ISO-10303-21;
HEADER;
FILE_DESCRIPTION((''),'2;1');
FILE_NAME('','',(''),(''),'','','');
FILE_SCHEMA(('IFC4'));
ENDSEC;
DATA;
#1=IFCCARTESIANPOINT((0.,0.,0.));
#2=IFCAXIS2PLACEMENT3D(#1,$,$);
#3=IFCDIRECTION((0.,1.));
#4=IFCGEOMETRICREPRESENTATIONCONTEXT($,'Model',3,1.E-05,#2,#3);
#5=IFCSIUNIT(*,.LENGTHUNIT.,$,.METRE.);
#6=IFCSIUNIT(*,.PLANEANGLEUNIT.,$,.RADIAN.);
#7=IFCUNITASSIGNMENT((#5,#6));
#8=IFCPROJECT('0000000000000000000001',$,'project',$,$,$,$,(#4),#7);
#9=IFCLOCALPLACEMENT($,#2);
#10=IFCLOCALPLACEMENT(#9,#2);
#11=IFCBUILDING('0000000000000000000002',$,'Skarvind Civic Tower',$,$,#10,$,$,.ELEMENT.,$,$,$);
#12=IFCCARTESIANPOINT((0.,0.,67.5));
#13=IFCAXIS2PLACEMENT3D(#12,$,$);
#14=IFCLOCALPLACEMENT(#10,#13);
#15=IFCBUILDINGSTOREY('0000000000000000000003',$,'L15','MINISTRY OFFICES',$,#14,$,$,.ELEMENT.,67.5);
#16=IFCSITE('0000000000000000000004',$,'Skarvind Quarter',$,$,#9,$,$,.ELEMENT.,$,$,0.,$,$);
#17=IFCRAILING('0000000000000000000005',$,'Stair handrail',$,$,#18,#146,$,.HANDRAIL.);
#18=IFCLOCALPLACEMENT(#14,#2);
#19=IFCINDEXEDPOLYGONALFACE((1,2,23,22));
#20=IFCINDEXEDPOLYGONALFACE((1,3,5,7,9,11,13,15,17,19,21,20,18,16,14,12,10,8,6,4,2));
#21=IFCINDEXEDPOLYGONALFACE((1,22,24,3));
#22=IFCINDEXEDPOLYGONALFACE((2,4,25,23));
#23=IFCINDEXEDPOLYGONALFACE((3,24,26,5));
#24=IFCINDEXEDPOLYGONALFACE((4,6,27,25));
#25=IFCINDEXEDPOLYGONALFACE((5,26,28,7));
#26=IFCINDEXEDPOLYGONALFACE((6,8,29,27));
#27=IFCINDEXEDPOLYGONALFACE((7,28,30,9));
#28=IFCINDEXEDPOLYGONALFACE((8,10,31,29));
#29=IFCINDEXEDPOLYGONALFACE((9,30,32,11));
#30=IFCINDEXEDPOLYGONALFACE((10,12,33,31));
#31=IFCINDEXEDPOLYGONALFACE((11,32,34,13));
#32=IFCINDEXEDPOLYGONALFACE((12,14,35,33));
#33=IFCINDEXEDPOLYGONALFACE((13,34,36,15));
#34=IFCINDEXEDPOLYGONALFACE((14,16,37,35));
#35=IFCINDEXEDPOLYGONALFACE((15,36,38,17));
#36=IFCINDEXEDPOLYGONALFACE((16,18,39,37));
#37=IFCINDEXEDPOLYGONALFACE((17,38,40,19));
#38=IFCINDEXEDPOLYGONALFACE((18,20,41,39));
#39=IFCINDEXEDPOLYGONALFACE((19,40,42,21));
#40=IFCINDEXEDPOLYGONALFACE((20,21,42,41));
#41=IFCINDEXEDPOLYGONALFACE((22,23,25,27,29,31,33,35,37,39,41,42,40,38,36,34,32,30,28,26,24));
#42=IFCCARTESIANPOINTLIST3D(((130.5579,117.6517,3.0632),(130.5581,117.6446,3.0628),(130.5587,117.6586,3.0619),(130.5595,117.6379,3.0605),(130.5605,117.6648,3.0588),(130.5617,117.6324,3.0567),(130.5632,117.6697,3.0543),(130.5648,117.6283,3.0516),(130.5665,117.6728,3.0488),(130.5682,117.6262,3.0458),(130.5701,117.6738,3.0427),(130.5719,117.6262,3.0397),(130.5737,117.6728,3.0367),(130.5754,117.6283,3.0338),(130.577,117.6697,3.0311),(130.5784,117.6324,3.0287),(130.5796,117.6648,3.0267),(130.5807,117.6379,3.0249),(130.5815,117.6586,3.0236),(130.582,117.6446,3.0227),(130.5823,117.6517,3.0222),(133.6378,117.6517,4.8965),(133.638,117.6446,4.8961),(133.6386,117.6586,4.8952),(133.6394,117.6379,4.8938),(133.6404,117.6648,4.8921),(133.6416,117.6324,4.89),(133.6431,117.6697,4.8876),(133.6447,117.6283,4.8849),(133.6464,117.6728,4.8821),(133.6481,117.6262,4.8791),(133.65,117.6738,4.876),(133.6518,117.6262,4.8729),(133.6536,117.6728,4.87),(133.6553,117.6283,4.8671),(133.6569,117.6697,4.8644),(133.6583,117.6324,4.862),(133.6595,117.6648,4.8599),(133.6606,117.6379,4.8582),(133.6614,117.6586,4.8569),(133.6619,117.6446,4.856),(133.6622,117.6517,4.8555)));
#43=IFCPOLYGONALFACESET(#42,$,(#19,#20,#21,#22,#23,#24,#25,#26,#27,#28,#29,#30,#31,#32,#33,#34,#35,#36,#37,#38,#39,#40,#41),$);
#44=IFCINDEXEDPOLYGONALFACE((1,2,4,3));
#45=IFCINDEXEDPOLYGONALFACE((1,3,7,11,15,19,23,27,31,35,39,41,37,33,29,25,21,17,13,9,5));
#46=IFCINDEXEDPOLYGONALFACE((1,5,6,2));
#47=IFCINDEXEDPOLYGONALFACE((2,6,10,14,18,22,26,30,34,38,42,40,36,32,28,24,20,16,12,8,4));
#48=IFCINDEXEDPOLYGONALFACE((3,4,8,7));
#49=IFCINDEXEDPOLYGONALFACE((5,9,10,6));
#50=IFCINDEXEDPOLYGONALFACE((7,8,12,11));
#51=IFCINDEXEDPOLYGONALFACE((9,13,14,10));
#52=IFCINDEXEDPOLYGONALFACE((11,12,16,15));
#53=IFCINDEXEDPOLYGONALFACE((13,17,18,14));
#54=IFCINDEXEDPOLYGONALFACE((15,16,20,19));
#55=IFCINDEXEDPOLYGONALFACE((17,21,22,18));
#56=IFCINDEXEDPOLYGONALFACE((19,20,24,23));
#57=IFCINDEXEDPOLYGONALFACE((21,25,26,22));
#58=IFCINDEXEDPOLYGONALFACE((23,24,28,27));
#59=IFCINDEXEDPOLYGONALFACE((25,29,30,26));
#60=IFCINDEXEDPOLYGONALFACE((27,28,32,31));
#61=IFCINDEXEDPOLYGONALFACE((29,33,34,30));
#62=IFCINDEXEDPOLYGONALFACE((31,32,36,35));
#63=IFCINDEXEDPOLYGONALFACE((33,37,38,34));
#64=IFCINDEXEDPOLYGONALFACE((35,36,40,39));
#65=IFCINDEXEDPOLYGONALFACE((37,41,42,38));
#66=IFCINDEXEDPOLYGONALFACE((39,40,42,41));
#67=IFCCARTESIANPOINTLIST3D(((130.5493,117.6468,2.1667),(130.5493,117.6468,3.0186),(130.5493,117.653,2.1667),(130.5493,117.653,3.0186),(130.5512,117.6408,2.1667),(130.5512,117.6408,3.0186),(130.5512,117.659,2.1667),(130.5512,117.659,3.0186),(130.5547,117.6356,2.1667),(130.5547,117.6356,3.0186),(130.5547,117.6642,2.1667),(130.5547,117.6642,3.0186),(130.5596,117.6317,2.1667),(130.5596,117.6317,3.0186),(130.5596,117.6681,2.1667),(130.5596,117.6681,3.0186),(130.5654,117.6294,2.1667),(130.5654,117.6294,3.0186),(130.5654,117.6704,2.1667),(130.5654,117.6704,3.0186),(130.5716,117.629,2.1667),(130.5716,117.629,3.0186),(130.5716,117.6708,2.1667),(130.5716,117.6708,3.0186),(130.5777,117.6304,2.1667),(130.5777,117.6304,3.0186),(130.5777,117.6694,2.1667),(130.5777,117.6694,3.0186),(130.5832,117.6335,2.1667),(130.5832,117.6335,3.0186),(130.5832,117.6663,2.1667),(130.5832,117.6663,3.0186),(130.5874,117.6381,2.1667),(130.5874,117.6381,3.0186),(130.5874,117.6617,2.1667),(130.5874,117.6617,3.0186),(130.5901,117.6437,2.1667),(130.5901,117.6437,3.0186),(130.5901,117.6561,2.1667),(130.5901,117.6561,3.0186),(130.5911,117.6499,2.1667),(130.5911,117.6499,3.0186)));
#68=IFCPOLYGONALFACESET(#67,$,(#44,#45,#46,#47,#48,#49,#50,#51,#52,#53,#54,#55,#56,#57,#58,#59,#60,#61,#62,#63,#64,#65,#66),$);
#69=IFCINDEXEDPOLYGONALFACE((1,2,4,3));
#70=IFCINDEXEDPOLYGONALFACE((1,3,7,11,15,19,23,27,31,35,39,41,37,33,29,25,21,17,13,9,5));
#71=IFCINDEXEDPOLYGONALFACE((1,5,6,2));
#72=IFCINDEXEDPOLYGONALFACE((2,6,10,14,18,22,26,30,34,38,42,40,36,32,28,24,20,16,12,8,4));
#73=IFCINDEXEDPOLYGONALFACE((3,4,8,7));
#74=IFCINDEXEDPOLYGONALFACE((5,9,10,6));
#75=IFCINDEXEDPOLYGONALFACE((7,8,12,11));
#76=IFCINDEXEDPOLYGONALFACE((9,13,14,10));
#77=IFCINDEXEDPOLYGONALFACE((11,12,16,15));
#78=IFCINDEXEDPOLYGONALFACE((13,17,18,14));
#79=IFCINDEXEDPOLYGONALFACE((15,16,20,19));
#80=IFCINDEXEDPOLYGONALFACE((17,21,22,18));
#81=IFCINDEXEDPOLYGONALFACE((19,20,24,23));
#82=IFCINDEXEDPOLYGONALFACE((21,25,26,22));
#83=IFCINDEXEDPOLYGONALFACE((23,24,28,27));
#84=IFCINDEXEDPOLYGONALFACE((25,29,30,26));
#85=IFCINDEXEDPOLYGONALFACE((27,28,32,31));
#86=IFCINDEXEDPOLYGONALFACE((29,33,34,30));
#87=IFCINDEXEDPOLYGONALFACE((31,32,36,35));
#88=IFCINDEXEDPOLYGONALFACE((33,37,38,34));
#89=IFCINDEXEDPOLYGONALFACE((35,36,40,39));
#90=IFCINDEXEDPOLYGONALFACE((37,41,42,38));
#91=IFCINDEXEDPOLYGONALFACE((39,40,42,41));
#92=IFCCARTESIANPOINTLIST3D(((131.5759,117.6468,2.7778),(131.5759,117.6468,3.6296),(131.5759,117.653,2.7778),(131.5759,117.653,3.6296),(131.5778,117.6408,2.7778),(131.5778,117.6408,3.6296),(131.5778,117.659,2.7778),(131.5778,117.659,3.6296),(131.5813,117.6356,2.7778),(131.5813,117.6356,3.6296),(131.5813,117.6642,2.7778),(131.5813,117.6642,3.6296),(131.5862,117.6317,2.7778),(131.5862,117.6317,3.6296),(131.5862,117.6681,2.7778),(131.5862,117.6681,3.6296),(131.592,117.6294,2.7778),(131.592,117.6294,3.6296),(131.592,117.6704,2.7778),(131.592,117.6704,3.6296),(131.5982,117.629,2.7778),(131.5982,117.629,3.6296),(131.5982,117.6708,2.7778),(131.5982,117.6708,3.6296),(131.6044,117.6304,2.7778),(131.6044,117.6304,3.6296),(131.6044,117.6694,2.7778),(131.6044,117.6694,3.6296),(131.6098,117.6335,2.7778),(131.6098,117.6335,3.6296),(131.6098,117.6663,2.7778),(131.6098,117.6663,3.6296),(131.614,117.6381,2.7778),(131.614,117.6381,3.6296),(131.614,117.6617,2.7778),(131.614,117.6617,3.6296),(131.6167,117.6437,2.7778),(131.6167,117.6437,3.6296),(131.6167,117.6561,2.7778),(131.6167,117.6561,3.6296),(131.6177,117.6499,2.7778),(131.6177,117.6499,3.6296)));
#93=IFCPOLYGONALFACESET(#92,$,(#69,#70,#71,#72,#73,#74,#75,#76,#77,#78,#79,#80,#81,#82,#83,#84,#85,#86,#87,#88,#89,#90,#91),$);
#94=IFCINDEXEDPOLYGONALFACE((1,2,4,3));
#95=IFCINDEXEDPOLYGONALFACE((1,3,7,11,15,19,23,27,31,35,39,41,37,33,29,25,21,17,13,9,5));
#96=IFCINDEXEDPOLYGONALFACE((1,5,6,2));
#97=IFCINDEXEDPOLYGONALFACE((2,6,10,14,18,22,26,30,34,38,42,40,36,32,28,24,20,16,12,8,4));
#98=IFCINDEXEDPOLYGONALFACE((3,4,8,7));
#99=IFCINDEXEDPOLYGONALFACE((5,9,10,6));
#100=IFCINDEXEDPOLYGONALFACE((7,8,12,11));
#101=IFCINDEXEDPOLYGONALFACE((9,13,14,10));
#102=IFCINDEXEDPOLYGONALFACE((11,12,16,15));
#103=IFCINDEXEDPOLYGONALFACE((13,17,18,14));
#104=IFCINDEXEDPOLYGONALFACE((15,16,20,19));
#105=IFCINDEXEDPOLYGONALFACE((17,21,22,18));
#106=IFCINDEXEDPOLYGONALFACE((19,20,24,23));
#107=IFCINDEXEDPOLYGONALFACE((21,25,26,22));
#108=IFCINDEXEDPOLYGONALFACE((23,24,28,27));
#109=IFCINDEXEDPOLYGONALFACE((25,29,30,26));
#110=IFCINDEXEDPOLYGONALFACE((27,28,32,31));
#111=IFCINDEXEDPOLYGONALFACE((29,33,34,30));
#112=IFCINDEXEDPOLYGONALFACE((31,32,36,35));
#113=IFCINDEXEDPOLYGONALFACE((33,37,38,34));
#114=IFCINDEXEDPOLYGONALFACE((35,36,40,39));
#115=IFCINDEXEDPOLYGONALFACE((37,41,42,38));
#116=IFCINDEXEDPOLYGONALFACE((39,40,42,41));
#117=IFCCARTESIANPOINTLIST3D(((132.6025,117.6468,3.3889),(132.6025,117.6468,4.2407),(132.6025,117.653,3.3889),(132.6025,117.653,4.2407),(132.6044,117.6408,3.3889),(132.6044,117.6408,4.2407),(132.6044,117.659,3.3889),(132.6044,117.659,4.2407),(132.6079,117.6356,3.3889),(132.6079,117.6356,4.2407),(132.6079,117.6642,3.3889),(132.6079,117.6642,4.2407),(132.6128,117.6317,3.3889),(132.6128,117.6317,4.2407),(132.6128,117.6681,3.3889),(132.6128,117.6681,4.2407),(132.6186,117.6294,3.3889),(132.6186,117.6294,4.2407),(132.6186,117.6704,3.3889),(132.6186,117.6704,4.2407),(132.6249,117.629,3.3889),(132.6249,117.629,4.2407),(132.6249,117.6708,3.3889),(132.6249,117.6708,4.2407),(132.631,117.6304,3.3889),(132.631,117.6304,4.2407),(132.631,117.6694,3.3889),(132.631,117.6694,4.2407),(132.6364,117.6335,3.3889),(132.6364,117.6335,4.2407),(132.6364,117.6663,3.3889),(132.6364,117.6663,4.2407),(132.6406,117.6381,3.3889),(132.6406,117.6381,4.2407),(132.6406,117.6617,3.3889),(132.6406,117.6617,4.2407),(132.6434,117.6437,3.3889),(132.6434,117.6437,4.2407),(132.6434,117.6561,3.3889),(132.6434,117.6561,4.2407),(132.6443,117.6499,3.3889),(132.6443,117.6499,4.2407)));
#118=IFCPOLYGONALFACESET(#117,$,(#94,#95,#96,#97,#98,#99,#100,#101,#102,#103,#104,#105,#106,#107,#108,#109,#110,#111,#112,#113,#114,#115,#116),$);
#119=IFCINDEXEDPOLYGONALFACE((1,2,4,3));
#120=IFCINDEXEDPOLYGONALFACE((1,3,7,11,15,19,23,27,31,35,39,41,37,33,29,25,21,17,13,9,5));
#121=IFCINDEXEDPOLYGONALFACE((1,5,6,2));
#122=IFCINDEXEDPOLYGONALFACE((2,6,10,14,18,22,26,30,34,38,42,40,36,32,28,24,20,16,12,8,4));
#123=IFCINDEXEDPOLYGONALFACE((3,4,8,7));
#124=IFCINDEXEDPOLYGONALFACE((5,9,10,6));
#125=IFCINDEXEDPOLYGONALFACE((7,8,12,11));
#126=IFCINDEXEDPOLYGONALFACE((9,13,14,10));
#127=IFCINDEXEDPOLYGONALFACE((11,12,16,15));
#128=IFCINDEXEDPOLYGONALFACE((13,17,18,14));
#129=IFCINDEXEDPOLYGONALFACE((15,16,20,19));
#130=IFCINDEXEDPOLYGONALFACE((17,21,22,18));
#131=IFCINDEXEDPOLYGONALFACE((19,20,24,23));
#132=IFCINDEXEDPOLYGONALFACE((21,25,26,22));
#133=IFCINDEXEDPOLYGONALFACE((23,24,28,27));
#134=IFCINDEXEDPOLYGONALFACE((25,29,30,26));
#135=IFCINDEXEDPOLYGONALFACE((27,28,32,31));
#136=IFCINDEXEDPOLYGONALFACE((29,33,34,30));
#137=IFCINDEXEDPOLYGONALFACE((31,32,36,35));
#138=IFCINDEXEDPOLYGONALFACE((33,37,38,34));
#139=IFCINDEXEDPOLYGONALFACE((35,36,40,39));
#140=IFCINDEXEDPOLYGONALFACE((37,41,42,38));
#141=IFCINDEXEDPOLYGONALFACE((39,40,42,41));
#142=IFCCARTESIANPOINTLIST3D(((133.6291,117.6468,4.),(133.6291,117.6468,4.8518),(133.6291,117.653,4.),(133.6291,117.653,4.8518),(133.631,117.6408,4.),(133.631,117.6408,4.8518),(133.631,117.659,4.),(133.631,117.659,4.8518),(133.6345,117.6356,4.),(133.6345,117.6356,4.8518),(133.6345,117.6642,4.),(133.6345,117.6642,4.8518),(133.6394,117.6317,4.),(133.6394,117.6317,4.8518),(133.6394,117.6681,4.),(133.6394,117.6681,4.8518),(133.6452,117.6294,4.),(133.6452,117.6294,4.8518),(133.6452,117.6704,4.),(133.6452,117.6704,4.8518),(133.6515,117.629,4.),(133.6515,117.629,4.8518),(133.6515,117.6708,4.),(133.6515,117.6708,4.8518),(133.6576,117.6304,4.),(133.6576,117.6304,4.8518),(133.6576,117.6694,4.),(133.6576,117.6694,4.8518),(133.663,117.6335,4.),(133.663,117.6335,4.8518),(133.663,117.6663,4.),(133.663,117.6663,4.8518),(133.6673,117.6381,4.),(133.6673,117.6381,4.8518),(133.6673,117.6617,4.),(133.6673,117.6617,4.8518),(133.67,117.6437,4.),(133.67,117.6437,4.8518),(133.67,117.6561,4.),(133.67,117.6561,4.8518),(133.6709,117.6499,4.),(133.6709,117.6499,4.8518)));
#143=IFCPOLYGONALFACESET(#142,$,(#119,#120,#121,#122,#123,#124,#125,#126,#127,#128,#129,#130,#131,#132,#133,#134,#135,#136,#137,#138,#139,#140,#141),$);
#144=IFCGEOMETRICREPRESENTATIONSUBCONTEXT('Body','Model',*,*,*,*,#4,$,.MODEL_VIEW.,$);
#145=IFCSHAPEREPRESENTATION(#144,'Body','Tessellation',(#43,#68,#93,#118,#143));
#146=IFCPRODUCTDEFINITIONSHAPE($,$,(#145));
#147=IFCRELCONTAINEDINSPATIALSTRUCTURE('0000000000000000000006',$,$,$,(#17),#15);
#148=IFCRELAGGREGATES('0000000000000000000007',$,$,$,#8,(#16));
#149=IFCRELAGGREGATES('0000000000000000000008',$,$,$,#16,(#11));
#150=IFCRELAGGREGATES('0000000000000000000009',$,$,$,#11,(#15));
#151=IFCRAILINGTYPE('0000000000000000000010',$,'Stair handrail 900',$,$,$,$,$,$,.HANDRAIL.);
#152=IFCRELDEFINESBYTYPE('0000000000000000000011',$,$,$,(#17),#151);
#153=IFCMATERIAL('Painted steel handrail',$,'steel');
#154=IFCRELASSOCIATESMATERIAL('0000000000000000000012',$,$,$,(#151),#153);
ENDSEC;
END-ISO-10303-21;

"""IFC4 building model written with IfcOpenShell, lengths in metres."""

from ifc_helpers import new_model, si_unit, direction, frame, origin, origin_2d, place, context, subcontext, project, spatial, circle, extrude, material, type_object, element, save


model = new_model("IFC4")

# Units and contexts
model_context = context("Model", 3, precision=1e-05, world=origin(), true_north=direction((0.0, 1.0)))
body_context = subcontext(model_context, "Body", "Model", "MODEL_VIEW")
ifc_project = project(units=[si_unit("LENGTHUNIT", "METRE"), si_unit("PLANEANGLEUNIT", "RADIAN")], contexts=[model_context])

# Site, building, storey
site_placement = place(None, origin())
site = spatial("IfcSite", under=ifc_project, at=site_placement, Name="Skarvind Quarter", CompositionType="ELEMENT", RefElevation=0.0)
building_placement = place(site_placement, origin())
building = spatial("IfcBuilding", under=site, at=building_placement, Name="Skarvind Civic Tower", CompositionType="ELEMENT")
storey_placement = place(building_placement, frame((0.0, 0.0, 67.5)))
storey = spatial("IfcBuildingStorey", under=building, at=storey_placement, Name="L15", Description="MINISTRY OFFICES", CompositionType="ELEMENT", Elevation=67.5)

# Railing
ifc_material_1 = material(Name="Painted steel handrail", Category="steel")
railing_type = type_object("IfcRailingType", Name="Stair handrail 900", PredefinedType="HANDRAIL", material=ifc_material_1)
railing_1_placement = place(storey_placement, frame((130.5701, 117.6499, 2.1667)))
element("IfcRailing", 1, at=railing_1_placement, inside=storey, type_object=railing_type, Name="Stair handrail", PredefinedType="HANDRAIL", context=body_context, shape_type="SweptSolid", body=[
    extrude(circle(Radius=0.0239, at=origin_2d()), frame((0.0, 0.0, 0.876), z_axis=(0.859291, 0.0, 0.511487), x_axis=(0.0, 1.0, 0.0)), (0.0, 0.0, 1.0), 3.5842),
    extrude(circle(Radius=0.021, at=origin_2d()), origin(), (0.0, 0.0, 1.0), 0.8518),
    extrude(circle(Radius=0.021, at=origin_2d()), frame((1.0266, 0.0, 0.6111)), (0.0, 0.0, 1.0), 0.8518),
    extrude(circle(Radius=0.021, at=origin_2d()), frame((2.0532, 0.0, 1.2222)), (0.0, 0.0, 1.0), 0.8518),
    extrude(circle(Radius=0.021, at=origin_2d()), frame((3.0798, 0.0, 1.8333)), (0.0, 0.0, 1.0), 0.8518),
])

save(model, "model.ifc")
